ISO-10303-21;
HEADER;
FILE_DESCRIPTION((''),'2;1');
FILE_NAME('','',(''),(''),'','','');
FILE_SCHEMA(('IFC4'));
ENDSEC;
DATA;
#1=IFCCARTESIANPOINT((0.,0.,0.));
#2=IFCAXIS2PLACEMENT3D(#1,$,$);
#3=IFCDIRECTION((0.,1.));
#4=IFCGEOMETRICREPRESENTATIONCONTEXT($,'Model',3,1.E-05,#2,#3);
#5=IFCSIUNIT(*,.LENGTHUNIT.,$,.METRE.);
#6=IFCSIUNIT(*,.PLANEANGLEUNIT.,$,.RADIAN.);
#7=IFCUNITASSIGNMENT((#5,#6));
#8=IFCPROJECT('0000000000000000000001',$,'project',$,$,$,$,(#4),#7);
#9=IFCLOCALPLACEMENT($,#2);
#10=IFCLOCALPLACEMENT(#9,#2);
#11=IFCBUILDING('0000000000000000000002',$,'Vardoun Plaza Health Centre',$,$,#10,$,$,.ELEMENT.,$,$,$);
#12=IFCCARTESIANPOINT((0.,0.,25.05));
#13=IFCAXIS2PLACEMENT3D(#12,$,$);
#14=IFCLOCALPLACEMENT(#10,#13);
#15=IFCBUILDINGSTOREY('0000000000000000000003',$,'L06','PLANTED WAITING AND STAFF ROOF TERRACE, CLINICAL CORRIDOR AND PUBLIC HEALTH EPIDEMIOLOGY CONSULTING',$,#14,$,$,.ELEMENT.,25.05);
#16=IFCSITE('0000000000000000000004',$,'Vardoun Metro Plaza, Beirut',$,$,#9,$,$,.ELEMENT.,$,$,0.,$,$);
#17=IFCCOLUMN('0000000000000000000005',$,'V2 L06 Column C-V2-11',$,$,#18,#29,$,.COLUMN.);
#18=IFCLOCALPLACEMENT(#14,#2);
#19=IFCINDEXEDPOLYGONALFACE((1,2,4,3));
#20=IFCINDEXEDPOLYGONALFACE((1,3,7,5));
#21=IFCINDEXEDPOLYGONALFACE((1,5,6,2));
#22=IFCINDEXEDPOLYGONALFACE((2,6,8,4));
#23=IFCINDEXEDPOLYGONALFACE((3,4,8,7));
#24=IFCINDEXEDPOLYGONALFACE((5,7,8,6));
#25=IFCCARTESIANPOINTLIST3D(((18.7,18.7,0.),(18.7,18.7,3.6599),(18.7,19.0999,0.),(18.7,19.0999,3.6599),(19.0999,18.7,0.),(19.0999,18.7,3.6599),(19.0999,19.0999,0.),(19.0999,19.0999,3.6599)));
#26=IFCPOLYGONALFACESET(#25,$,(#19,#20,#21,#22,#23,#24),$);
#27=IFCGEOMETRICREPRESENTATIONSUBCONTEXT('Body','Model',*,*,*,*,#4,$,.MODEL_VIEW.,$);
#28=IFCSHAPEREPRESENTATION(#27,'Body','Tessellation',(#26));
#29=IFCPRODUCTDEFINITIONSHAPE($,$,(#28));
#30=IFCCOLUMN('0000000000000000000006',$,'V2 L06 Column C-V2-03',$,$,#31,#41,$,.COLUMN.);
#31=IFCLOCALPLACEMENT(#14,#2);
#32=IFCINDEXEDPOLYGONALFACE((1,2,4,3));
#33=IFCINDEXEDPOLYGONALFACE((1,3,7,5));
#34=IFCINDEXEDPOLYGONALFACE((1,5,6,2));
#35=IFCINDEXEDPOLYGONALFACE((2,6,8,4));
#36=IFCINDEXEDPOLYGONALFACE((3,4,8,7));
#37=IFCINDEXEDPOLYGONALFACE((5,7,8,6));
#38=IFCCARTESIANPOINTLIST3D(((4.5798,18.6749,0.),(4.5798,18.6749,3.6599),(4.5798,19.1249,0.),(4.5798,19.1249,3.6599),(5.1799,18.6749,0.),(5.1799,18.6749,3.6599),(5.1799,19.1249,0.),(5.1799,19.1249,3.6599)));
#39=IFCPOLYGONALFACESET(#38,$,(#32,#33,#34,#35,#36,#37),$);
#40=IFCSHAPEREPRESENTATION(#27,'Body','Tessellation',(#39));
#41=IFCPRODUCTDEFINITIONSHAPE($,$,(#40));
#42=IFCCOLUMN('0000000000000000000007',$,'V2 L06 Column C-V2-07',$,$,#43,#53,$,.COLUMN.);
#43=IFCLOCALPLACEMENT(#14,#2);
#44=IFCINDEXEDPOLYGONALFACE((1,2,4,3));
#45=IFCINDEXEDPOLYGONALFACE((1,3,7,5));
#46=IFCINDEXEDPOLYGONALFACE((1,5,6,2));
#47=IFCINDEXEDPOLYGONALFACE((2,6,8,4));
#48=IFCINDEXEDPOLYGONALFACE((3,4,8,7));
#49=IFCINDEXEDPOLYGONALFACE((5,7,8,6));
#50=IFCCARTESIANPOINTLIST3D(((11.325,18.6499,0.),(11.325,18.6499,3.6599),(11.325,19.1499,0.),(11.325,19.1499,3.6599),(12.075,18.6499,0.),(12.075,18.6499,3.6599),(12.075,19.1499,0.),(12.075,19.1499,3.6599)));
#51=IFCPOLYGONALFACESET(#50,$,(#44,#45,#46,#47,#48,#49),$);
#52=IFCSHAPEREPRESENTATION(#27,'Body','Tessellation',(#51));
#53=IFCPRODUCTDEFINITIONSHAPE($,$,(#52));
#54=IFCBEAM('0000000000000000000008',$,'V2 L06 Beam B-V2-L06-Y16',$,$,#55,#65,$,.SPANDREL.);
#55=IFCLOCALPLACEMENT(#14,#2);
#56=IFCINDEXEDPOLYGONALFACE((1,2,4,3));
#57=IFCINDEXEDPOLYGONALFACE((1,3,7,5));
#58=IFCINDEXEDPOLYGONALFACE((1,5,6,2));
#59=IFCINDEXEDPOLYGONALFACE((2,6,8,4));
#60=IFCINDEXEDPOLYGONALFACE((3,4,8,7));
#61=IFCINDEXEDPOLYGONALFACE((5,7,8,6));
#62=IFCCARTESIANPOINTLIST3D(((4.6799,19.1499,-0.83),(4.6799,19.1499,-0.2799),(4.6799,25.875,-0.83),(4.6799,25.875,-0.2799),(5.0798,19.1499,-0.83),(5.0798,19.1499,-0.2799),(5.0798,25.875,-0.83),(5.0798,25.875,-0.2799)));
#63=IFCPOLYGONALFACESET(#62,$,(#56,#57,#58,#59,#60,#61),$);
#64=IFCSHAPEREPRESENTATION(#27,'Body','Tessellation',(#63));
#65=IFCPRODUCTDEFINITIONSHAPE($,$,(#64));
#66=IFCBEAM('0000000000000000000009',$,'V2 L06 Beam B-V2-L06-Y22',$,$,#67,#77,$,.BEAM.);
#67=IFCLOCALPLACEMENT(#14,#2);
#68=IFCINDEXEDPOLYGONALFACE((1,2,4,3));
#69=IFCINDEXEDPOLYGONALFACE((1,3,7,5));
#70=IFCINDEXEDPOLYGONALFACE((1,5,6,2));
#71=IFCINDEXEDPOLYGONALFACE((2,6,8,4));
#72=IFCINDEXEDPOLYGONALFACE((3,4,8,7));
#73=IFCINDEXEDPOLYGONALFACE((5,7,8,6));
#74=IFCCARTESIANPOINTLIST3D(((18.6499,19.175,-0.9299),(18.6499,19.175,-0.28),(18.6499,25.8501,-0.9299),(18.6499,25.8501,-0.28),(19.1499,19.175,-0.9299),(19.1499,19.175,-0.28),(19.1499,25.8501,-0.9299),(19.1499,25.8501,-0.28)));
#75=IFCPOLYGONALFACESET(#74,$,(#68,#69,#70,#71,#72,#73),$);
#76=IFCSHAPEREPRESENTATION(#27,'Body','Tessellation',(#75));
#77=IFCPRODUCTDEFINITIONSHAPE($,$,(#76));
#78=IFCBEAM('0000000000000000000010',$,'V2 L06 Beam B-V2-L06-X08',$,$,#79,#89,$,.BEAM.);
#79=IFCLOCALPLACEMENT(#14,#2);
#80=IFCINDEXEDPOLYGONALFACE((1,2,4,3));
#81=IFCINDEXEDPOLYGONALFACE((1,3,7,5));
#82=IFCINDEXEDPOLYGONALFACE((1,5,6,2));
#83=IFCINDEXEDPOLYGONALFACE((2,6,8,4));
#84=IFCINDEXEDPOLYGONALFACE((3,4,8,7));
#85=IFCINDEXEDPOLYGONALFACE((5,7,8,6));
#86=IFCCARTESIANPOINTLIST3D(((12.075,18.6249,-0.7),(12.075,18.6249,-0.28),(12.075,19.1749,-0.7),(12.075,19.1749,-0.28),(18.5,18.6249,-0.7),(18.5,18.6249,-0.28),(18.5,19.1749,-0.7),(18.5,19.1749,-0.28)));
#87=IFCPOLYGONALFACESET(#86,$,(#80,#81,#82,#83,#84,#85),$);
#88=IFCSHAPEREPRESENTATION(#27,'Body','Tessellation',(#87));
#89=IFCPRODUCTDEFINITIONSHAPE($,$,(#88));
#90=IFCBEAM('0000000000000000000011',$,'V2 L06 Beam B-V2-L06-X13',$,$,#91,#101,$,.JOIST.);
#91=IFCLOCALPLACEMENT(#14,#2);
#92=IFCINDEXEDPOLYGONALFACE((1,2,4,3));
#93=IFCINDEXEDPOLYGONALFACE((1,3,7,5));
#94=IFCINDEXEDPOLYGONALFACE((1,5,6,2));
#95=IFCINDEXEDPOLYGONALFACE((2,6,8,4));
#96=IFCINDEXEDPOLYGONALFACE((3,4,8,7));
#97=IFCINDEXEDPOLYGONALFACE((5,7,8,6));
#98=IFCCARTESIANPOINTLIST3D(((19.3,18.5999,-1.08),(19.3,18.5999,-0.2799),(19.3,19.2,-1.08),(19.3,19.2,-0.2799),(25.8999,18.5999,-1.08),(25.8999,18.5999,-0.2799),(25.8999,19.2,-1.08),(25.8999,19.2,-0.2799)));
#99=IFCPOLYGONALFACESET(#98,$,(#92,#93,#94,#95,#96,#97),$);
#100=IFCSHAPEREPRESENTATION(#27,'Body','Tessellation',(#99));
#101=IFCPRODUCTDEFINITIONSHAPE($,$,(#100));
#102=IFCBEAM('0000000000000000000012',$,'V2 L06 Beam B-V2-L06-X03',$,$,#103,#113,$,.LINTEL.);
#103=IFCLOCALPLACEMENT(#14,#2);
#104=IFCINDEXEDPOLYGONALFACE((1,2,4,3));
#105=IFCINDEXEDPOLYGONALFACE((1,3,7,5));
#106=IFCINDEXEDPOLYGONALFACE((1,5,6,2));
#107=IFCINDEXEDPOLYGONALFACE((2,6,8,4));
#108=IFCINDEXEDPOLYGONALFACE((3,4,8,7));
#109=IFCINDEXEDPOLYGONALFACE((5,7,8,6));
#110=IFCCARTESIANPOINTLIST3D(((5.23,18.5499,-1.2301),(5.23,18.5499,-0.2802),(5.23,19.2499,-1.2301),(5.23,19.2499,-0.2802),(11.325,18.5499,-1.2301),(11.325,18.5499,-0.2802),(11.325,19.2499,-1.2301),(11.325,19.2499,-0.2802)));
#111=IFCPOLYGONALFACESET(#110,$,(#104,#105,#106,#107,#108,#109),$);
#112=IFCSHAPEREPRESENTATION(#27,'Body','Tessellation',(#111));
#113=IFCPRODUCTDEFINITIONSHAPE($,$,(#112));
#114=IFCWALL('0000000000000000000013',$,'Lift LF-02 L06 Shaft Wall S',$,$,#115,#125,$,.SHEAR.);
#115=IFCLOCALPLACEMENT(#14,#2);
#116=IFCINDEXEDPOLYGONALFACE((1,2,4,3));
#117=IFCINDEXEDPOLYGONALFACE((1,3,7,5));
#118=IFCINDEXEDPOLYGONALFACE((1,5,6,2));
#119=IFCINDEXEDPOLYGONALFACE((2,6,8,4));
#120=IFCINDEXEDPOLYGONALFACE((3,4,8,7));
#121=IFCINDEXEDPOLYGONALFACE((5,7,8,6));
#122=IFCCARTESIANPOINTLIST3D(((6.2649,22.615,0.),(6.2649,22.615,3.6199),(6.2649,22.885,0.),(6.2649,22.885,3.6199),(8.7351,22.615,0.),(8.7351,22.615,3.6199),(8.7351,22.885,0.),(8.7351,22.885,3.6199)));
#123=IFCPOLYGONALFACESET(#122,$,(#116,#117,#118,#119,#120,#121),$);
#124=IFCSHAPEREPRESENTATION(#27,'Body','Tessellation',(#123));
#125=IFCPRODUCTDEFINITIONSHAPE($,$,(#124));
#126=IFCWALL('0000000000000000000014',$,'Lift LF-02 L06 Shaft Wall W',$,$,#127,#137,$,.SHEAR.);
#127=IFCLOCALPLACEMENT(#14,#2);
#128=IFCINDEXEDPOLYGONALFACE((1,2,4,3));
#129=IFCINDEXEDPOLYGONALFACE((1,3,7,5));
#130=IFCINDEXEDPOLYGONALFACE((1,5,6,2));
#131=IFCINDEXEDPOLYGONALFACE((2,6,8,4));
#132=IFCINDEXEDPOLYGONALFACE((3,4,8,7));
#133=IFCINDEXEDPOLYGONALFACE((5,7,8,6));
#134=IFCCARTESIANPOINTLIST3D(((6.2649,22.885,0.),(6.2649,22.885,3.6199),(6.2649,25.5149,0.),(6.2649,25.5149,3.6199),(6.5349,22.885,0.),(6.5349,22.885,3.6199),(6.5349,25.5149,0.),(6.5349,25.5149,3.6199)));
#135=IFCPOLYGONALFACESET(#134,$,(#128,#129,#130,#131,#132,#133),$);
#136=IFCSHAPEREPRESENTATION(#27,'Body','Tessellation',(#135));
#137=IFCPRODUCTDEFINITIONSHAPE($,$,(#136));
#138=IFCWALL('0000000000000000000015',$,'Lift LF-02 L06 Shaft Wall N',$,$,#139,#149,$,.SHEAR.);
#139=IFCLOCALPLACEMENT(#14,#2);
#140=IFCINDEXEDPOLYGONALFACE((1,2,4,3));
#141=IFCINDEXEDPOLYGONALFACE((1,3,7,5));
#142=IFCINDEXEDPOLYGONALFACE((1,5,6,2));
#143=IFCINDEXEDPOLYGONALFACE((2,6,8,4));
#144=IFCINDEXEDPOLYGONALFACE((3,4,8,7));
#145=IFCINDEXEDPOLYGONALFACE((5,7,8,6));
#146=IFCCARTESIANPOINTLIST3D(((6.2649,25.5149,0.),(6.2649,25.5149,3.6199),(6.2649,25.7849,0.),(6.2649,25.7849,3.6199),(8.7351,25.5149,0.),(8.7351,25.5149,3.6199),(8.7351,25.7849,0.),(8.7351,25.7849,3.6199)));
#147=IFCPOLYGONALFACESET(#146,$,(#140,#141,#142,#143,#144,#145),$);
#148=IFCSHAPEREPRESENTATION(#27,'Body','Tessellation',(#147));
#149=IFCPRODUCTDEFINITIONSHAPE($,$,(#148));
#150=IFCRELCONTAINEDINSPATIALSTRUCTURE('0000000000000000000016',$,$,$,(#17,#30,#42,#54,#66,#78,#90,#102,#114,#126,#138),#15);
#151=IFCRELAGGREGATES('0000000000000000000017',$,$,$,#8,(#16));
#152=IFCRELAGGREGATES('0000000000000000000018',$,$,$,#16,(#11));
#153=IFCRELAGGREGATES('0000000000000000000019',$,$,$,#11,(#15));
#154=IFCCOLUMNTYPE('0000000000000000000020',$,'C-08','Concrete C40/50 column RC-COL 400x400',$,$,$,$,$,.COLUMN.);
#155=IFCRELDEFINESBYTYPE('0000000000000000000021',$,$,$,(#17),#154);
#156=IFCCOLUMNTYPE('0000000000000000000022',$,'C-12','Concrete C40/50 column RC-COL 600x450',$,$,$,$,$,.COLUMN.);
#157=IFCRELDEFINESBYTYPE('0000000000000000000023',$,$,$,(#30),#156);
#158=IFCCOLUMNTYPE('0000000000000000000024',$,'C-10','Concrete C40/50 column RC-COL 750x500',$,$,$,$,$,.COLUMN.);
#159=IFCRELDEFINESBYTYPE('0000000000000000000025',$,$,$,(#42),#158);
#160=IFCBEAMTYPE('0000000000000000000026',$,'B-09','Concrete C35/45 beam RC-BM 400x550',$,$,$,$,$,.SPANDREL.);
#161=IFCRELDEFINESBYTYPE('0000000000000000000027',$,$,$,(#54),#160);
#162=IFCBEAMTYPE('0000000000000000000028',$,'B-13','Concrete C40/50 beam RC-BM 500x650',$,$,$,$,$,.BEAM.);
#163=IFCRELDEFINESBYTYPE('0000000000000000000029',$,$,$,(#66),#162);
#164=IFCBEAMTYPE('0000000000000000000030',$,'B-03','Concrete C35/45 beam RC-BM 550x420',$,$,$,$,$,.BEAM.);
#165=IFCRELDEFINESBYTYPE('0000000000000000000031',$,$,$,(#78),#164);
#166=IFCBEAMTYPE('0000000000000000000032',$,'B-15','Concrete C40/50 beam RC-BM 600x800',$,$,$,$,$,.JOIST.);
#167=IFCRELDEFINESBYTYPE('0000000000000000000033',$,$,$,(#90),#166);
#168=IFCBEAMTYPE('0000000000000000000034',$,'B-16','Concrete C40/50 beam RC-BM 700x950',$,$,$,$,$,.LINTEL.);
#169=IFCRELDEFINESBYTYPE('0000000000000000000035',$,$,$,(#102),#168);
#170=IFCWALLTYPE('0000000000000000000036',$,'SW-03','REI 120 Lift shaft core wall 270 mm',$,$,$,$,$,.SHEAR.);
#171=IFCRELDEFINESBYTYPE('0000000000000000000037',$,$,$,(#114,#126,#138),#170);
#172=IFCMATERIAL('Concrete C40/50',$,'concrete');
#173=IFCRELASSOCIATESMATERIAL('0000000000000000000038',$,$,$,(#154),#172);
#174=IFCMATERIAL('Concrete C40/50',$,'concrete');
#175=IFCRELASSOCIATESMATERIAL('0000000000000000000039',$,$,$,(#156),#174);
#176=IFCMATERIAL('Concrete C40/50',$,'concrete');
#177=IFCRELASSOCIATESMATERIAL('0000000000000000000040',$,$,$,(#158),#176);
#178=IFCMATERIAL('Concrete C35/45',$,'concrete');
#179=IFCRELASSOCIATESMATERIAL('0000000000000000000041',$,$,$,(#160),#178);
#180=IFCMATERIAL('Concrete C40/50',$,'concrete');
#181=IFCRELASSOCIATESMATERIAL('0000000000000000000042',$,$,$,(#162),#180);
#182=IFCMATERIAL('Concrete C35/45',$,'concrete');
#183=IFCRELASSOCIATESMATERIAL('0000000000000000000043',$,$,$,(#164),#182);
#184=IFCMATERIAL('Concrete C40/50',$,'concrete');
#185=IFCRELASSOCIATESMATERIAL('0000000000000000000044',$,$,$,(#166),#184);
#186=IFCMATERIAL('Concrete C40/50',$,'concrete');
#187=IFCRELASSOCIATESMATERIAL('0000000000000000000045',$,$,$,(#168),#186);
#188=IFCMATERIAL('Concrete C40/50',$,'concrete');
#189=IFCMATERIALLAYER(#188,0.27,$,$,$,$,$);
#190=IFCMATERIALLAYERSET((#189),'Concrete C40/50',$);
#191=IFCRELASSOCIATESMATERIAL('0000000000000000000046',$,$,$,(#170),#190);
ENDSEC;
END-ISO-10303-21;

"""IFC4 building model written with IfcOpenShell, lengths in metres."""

from ifc_helpers import new_model, si_unit, direction, frame, frame_2d, origin, origin_2d, place, context, subcontext, project, spatial, rectangle, extrude, material, layer, layer_set, material_profile, profile_set, type_object, element, save


model = new_model("IFC4")

# Units and contexts
model_context = context("Model", 3, precision=1e-05, world=origin(), true_north=direction((0.0, 1.0)))
body_context = subcontext(model_context, "Body", "Model", "MODEL_VIEW")
ifc_project = project(units=[si_unit("LENGTHUNIT", "METRE"), si_unit("PLANEANGLEUNIT", "RADIAN")], contexts=[model_context])

# Site, building, storey
site_placement = place(None, origin())
site = spatial("IfcSite", under=ifc_project, at=site_placement, Name="Vardoun Metro Plaza, Beirut", CompositionType="ELEMENT", RefElevation=0.0)
building_placement = place(site_placement, origin())
building = spatial("IfcBuilding", under=site, at=building_placement, Name="Vardoun Plaza Health Centre", CompositionType="ELEMENT")
storey_placement = place(building_placement, frame((0.0, 0.0, 25.05)))
storey = spatial("IfcBuildingStorey", under=building, at=storey_placement, Name="L06", Description="PLANTED WAITING AND STAFF ROOF TERRACE, CLINICAL CORRIDOR AND PUBLIC HEALTH EPIDEMIOLOGY CONSULTING", CompositionType="ELEMENT", Elevation=25.05)

# Columns
ifc_material_1 = material(Name="Concrete C40/50", Category="concrete")
ifc_material_profile_1 = material_profile(ifc_material_1, rectangle(XDim=0.3999, YDim=0.3999, at=origin_2d()), Name="RC-COL 400x400")
ifc_profile_set_1 = profile_set([ifc_material_profile_1], Name="Concrete C40/50")
column_type_1 = type_object("IfcColumnType", Name="C-08", Description="Concrete C40/50 column RC-COL 400x400", PredefinedType="COLUMN", material=ifc_profile_set_1)
column_1_placement = place(storey_placement, frame((18.8999, 18.8999, 0.0), z_axis=(0.0, 0.0, 1.0), x_axis=(1.0, 0.0, 0.0)))
element("IfcColumn", 1, at=column_1_placement, inside=storey, type_object=column_type_1, Name="V2 L06 Column C-V2-11", PredefinedType="COLUMN", context=body_context, shape_type="SweptSolid", body=[
    extrude(rectangle(XDim=0.3999, YDim=0.3999, at=origin_2d()), origin(), (0.0, 0.0, 1.0), 3.6599),
])
ifc_material_2 = material(Name="Concrete C40/50", Category="concrete")
ifc_material_profile_2 = material_profile(ifc_material_2, rectangle(XDim=0.6001, YDim=0.45, at=origin_2d()), Name="RC-COL 600x450")
ifc_profile_set_2 = profile_set([ifc_material_profile_2], Name="Concrete C40/50")
column_type_2 = type_object("IfcColumnType", Name="C-12", Description="Concrete C40/50 column RC-COL 600x450", PredefinedType="COLUMN", material=ifc_profile_set_2)
column_2_placement = place(storey_placement, frame((4.8799, 18.8999, 0.0), z_axis=(0.0, 0.0, 1.0), x_axis=(1.0, 0.0, 0.0)))
element("IfcColumn", 2, at=column_2_placement, inside=storey, type_object=column_type_2, Name="V2 L06 Column C-V2-03", PredefinedType="COLUMN", context=body_context, shape_type="SweptSolid", body=[
    extrude(rectangle(XDim=0.6001, YDim=0.45, at=origin_2d()), origin(), (0.0, 0.0, 1.0), 3.6599),
])
ifc_material_3 = material(Name="Concrete C40/50", Category="concrete")
ifc_material_profile_3 = material_profile(ifc_material_3, rectangle(XDim=0.75, YDim=0.5, at=origin_2d()), Name="RC-COL 750x500")
ifc_profile_set_3 = profile_set([ifc_material_profile_3], Name="Concrete C40/50")
column_type_3 = type_object("IfcColumnType", Name="C-10", Description="Concrete C40/50 column RC-COL 750x500", PredefinedType="COLUMN", material=ifc_profile_set_3)
column_3_placement = place(storey_placement, frame((11.7, 18.8999, 0.0), z_axis=(0.0, 0.0, 1.0), x_axis=(1.0, 0.0, 0.0)))
element("IfcColumn", 3, at=column_3_placement, inside=storey, type_object=column_type_3, Name="V2 L06 Column C-V2-07", PredefinedType="COLUMN", context=body_context, shape_type="SweptSolid", body=[
    extrude(rectangle(XDim=0.75, YDim=0.5, at=origin_2d()), origin(), (0.0, 0.0, 1.0), 3.6599),
])

# Beams
ifc_material_4 = material(Name="Concrete C35/45", Category="concrete")
ifc_material_profile_4 = material_profile(ifc_material_4, rectangle(XDim=0.3999, YDim=0.55, at=origin_2d()), Name="RC-BM 400x550")
ifc_profile_set_4 = profile_set([ifc_material_profile_4], Name="Concrete C35/45")
beam_type_1 = type_object("IfcBeamType", Name="B-09", Description="Concrete C35/45 beam RC-BM 400x550", PredefinedType="SPANDREL", material=ifc_profile_set_4)
beam_1_placement = place(storey_placement, frame((4.8799, 19.1499, -0.5549), z_axis=(0.0, 1.0, 0.0), x_axis=(-1.0, 0.0, 0.0)))
element("IfcBeam", 4, at=beam_1_placement, inside=storey, type_object=beam_type_1, Name="V2 L06 Beam B-V2-L06-Y16", PredefinedType="SPANDREL", context=body_context, shape_type="SweptSolid", body=[
    extrude(rectangle(XDim=0.3999, YDim=0.55, at=origin_2d()), origin(), (0.0, 0.0, 1.0), 6.7251),
])
ifc_material_5 = material(Name="Concrete C40/50", Category="concrete")
ifc_material_profile_5 = material_profile(ifc_material_5, rectangle(XDim=0.5, YDim=0.6499, at=origin_2d()), Name="RC-BM 500x650")
ifc_profile_set_5 = profile_set([ifc_material_profile_5], Name="Concrete C40/50")
beam_type_2 = type_object("IfcBeamType", Name="B-13", Description="Concrete C40/50 beam RC-BM 500x650", PredefinedType="BEAM", material=ifc_profile_set_5)
beam_2_placement = place(storey_placement, frame((18.8999, 19.175, -0.605), z_axis=(0.0, 1.0, 0.0), x_axis=(-1.0, 0.0, 0.0)))
element("IfcBeam", 5, at=beam_2_placement, inside=storey, type_object=beam_type_2, Name="V2 L06 Beam B-V2-L06-Y22", PredefinedType="BEAM", context=body_context, shape_type="SweptSolid", body=[
    extrude(rectangle(XDim=0.5, YDim=0.6499, at=origin_2d()), origin(), (0.0, 0.0, 1.0), 6.675),
])
ifc_material_6 = material(Name="Concrete C35/45", Category="concrete")
ifc_material_profile_6 = material_profile(ifc_material_6, rectangle(XDim=0.55, YDim=0.4199, at=origin_2d()), Name="RC-BM 550x420")
ifc_profile_set_6 = profile_set([ifc_material_profile_6], Name="Concrete C35/45")
beam_type_3 = type_object("IfcBeamType", Name="B-03", Description="Concrete C35/45 beam RC-BM 550x420", PredefinedType="BEAM", material=ifc_profile_set_6)
beam_3_placement = place(storey_placement, frame((12.075, 18.8999, -0.49), z_axis=(1.0, 0.0, 0.0), x_axis=(0.0, 1.0, 0.0)))
element("IfcBeam", 6, at=beam_3_placement, inside=storey, type_object=beam_type_3, Name="V2 L06 Beam B-V2-L06-X08", PredefinedType="BEAM", context=body_context, shape_type="SweptSolid", body=[
    extrude(rectangle(XDim=0.55, YDim=0.4199, at=origin_2d()), origin(), (0.0, 0.0, 1.0), 6.425),
])
ifc_material_7 = material(Name="Concrete C40/50", Category="concrete")
ifc_material_profile_7 = material_profile(ifc_material_7, rectangle(XDim=0.6001, YDim=0.8, at=origin_2d()), Name="RC-BM 600x800")
ifc_profile_set_7 = profile_set([ifc_material_profile_7], Name="Concrete C40/50")
beam_type_4 = type_object("IfcBeamType", Name="B-15", Description="Concrete C40/50 beam RC-BM 600x800", PredefinedType="JOIST", material=ifc_profile_set_7)
beam_4_placement = place(storey_placement, frame((19.3, 18.8999, -0.6799), z_axis=(1.0, 0.0, 0.0), x_axis=(0.0, 1.0, 0.0)))
element("IfcBeam", 7, at=beam_4_placement, inside=storey, type_object=beam_type_4, Name="V2 L06 Beam B-V2-L06-X13", PredefinedType="JOIST", context=body_context, shape_type="SweptSolid", body=[
    extrude(rectangle(XDim=0.6001, YDim=0.8, at=origin_2d()), origin(), (0.0, 0.0, 1.0), 6.5999),
])
ifc_material_8 = material(Name="Concrete C40/50", Category="concrete")
ifc_material_profile_8 = material_profile(ifc_material_8, rectangle(XDim=0.7, YDim=0.95, at=origin_2d()), Name="RC-BM 700x950")
ifc_profile_set_8 = profile_set([ifc_material_profile_8], Name="Concrete C40/50")
beam_type_5 = type_object("IfcBeamType", Name="B-16", Description="Concrete C40/50 beam RC-BM 700x950", PredefinedType="LINTEL", material=ifc_profile_set_8)
beam_5_placement = place(storey_placement, frame((5.23, 18.8999, -0.7551), z_axis=(1.0, 0.0, 0.0), x_axis=(0.0, 1.0, 0.0)))
element("IfcBeam", 8, at=beam_5_placement, inside=storey, type_object=beam_type_5, Name="V2 L06 Beam B-V2-L06-X03", PredefinedType="LINTEL", context=body_context, shape_type="SweptSolid", body=[
    extrude(rectangle(XDim=0.7, YDim=0.95, at=origin_2d()), origin(), (0.0, 0.0, 1.0), 6.095),
])

# Walls
ifc_material_9 = material(Name="Concrete C40/50", Category="concrete")
ifc_layer_1 = layer(ifc_material_9, 0.27)
ifc_layer_set_1 = layer_set([ifc_layer_1], Name="Concrete C40/50")
wall_type_1 = type_object("IfcWallType", Name="SW-03", Description="REI 120 Lift shaft core wall 270 mm", PredefinedType="SHEAR", material=ifc_layer_set_1)
wall_1_placement = place(storey_placement, frame((8.7351, 22.75, 0.0), z_axis=(0.0, 0.0, 1.0), x_axis=(-1.0, 0.0, 0.0)))
element("IfcWall", 9, at=wall_1_placement, inside=storey, type_object=wall_type_1, Name="Lift LF-02 L06 Shaft Wall S", PredefinedType="SHEAR", context=body_context, shape_type="SweptSolid", body=[
    extrude(rectangle(XDim=2.4702, YDim=0.27, at=frame_2d((1.2351, 0.0))), origin(), (0.0, 0.0, 1.0), 3.6199),
])
wall_2_placement = place(storey_placement, frame((6.3999, 22.885, 0.0), z_axis=(0.0, 0.0, 1.0), x_axis=(0.0, 1.0, 0.0)))
element("IfcWall", 10, at=wall_2_placement, inside=storey, type_object=wall_type_1, Name="Lift LF-02 L06 Shaft Wall W", PredefinedType="SHEAR", context=body_context, shape_type="SweptSolid", body=[
    extrude(rectangle(XDim=2.6299, YDim=0.27, at=frame_2d((1.3149, 0.0))), origin(), (0.0, 0.0, 1.0), 3.6199),
])
wall_3_placement = place(storey_placement, frame((6.2649, 25.6499, 0.0), z_axis=(0.0, 0.0, 1.0), x_axis=(1.0, 0.0, 0.0)))
element("IfcWall", 11, at=wall_3_placement, inside=storey, type_object=wall_type_1, Name="Lift LF-02 L06 Shaft Wall N", PredefinedType="SHEAR", context=body_context, shape_type="SweptSolid", body=[
    extrude(rectangle(XDim=2.4702, YDim=0.27, at=frame_2d((1.2351, 0.0))), origin(), (0.0, 0.0, 1.0), 3.6199),
])

save(model, "model.ifc")
